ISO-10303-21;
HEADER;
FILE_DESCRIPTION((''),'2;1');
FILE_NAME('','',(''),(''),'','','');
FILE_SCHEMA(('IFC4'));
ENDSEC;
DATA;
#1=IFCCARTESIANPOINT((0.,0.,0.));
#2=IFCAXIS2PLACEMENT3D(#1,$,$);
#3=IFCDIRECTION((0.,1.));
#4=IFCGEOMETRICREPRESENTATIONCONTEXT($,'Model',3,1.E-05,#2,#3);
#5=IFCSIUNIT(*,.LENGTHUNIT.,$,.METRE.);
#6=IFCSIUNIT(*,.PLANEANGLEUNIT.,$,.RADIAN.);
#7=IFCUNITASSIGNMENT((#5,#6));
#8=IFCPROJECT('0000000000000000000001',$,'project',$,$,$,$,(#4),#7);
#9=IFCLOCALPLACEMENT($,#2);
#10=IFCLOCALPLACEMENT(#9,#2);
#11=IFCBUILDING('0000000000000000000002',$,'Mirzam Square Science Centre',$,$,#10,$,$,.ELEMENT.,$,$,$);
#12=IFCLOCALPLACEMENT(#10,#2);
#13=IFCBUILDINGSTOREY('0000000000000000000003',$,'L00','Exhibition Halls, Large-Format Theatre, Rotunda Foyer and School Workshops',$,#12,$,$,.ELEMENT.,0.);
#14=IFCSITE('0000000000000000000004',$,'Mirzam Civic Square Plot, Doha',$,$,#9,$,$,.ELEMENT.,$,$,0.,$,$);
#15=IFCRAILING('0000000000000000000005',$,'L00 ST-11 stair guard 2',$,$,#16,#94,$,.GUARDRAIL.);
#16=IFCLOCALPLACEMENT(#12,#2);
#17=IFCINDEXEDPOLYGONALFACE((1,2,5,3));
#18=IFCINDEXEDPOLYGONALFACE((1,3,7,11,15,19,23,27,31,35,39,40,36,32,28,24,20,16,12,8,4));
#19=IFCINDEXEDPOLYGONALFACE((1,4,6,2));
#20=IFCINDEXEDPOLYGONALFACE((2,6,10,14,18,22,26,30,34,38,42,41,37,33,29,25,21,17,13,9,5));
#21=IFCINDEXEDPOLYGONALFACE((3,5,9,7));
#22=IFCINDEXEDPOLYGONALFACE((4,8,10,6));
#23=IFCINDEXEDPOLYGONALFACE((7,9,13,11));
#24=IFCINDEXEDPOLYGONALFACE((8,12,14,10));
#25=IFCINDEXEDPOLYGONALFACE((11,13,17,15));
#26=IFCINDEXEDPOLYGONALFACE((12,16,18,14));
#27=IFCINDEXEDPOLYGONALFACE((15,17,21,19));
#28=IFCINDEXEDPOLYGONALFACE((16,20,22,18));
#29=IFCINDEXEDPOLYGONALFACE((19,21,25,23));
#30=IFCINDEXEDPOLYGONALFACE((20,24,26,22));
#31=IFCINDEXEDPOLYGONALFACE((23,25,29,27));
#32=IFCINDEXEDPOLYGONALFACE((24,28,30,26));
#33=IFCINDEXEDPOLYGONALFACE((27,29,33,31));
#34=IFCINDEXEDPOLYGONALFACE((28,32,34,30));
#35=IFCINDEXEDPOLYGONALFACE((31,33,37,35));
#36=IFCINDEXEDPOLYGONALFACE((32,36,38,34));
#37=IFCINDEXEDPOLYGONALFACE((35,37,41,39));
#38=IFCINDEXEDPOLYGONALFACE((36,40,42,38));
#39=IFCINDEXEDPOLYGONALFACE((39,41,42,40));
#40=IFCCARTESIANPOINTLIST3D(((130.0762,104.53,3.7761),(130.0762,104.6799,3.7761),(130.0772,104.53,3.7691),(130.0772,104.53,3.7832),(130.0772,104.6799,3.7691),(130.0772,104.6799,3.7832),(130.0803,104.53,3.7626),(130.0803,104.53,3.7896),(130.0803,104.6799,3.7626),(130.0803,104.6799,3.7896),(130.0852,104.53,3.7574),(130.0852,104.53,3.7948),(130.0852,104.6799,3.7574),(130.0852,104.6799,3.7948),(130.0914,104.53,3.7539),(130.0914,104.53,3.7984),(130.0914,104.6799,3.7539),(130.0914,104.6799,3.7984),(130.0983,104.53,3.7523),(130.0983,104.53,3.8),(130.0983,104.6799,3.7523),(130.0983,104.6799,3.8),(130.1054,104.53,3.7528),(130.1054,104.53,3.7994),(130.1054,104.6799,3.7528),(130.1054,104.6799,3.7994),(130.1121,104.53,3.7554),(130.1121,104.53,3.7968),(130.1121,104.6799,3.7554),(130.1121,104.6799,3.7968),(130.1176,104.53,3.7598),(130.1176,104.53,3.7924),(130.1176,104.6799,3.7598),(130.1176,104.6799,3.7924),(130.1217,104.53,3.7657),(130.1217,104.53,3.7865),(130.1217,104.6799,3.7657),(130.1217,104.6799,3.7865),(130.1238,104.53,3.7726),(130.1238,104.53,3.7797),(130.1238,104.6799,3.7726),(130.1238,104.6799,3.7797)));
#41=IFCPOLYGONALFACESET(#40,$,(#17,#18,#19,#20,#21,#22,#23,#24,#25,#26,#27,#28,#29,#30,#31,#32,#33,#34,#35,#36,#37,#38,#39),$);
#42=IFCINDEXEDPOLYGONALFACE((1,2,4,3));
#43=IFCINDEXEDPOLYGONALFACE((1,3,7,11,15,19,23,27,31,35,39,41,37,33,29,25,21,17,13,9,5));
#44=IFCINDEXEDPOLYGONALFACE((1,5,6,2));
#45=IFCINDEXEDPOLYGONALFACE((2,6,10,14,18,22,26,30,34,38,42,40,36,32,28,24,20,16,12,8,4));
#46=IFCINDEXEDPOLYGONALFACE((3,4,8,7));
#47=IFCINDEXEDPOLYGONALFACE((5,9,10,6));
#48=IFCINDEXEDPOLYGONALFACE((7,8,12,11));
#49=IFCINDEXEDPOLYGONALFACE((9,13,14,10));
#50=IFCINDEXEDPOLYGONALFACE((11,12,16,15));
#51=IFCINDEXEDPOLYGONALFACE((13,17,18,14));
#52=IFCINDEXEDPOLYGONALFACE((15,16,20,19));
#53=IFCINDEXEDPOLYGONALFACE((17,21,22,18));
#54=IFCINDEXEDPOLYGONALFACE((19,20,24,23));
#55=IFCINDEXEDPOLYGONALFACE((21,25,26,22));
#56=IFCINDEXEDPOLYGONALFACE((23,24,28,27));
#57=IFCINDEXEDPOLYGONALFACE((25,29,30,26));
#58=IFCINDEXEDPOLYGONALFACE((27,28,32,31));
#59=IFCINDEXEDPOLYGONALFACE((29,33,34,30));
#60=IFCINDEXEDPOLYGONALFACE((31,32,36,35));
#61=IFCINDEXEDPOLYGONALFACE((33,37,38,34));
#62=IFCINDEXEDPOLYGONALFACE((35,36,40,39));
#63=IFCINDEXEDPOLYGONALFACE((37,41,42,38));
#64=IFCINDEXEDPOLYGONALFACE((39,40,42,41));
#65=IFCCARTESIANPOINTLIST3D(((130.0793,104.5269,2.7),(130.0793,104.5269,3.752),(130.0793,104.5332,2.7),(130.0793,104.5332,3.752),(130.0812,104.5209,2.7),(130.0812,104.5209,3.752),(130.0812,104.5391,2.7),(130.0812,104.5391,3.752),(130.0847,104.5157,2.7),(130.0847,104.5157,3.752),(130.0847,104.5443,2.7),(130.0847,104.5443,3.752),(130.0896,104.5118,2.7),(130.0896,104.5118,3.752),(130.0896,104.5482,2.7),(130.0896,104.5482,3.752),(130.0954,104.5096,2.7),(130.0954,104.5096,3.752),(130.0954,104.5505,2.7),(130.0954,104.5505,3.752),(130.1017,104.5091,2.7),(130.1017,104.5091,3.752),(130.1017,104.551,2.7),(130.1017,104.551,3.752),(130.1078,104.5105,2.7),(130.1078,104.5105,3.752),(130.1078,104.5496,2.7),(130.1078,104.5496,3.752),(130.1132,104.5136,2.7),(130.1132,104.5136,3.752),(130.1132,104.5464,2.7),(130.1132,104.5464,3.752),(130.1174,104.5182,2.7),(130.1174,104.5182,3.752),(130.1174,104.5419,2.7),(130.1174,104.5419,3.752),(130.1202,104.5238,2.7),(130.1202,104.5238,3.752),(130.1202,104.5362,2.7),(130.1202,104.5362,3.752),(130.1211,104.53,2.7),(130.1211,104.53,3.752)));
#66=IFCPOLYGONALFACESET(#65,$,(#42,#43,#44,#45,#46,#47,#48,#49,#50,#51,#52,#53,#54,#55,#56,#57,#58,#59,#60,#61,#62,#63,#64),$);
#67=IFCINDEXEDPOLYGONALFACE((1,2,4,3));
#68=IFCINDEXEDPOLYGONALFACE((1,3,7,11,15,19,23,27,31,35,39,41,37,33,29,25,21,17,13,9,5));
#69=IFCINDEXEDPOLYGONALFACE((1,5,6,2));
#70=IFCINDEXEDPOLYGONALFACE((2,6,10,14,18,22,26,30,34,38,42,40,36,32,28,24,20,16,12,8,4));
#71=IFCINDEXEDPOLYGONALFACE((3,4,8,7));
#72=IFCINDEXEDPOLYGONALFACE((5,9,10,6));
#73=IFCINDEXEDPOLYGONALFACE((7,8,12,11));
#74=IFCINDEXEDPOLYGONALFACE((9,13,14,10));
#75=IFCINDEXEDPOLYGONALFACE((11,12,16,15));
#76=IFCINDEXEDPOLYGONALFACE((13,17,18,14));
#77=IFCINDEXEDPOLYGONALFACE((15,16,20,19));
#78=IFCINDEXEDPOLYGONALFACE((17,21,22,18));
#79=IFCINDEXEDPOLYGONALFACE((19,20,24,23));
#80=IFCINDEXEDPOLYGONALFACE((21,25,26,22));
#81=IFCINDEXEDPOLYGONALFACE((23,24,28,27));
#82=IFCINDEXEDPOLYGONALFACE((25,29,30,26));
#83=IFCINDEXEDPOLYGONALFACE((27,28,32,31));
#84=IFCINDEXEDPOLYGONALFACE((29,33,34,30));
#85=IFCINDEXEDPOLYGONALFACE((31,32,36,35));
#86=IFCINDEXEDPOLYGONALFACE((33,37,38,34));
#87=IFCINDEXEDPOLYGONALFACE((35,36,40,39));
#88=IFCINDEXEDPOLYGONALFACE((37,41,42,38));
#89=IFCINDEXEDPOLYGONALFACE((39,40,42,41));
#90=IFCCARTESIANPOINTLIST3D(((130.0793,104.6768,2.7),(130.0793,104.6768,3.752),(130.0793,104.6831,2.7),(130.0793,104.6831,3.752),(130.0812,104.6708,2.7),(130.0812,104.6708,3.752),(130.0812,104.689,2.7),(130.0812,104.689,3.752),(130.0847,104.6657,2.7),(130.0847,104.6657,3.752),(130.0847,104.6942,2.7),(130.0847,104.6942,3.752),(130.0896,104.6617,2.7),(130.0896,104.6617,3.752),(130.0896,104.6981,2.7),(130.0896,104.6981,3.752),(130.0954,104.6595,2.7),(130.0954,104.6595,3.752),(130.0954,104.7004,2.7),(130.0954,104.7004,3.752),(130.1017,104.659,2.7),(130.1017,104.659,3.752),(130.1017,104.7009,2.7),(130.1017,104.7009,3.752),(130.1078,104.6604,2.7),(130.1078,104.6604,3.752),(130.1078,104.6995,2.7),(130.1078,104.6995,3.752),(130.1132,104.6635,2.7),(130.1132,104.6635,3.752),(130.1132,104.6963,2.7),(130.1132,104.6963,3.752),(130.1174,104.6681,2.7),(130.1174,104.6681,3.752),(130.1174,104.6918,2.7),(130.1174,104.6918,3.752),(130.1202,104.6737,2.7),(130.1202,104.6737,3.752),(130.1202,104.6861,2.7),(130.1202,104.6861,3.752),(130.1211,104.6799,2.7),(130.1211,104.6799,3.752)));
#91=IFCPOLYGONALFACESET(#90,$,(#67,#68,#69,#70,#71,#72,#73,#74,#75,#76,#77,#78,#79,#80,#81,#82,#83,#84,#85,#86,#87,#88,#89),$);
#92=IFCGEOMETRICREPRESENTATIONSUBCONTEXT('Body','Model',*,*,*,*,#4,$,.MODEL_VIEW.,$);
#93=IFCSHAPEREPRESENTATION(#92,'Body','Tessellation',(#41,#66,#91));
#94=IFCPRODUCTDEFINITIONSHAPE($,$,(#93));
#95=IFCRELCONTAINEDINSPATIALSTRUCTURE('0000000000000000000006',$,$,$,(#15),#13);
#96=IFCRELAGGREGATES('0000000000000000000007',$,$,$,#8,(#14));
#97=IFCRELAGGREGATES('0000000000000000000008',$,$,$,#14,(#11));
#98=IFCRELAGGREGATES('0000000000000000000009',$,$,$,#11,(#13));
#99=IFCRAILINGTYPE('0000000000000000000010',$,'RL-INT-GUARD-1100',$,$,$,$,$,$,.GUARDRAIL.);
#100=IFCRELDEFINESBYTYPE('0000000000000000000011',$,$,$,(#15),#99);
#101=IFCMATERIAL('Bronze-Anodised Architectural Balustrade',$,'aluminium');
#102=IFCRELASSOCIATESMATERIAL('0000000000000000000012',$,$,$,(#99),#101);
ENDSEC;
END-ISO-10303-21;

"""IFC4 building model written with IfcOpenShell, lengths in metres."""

from ifc_helpers import new_model, si_unit, direction, frame, origin, origin_2d, place, context, subcontext, project, spatial, circle, extrude, material, type_object, element, save


model = new_model("IFC4")

# Units and contexts
model_context = context("Model", 3, precision=1e-05, world=origin(), true_north=direction((0.0, 1.0)))
body_context = subcontext(model_context, "Body", "Model", "MODEL_VIEW")
ifc_project = project(units=[si_unit("LENGTHUNIT", "METRE"), si_unit("PLANEANGLEUNIT", "RADIAN")], contexts=[model_context])

# Site, building, storey
site_placement = place(None, origin())
site = spatial("IfcSite", under=ifc_project, at=site_placement, Name="Mirzam Civic Square Plot, Doha", CompositionType="ELEMENT", RefElevation=0.0)
building_placement = place(site_placement, origin())
building = spatial("IfcBuilding", under=site, at=building_placement, Name="Mirzam Square Science Centre", CompositionType="ELEMENT")
storey_placement = place(building_placement, origin())
storey = spatial("IfcBuildingStorey", under=building, at=storey_placement, Name="L00", Description="Exhibition Halls, Large-Format Theatre, Rotunda Foyer and School Workshops", CompositionType="ELEMENT", Elevation=0.0)

# Railing
ifc_material_1 = material(Name="Bronze-Anodised Architectural Balustrade", Category="aluminium")
railing_type_1 = type_object("IfcRailingType", Name="RL-INT-GUARD-1100", PredefinedType="GUARDRAIL", material=ifc_material_1)
railing_1_placement = place(storey_placement, frame((130.1001, 104.53, 2.7)))
element("IfcRailing", 1, at=railing_1_placement, inside=storey, type_object=railing_type_1, Name="L00 ST-11 stair guard 2", PredefinedType="GUARDRAIL", context=body_context, shape_type="SweptSolid", body=[
    extrude(circle(Radius=0.0239, at=origin_2d()), frame((0.0, 0.0, 1.0762), z_axis=(0.0, 1.0, 0.0), x_axis=(-1.0, 0.0, 0.0)), (0.0, 0.0, 1.0), 0.1499),
    extrude(circle(Radius=0.021, at=origin_2d()), origin(), (0.0, 0.0, 1.0), 1.052),
    extrude(circle(Radius=0.021, at=origin_2d()), frame((0.0, 0.1499, 0.0)), (0.0, 0.0, 1.0), 1.052),
])

save(model, "model.ifc")
